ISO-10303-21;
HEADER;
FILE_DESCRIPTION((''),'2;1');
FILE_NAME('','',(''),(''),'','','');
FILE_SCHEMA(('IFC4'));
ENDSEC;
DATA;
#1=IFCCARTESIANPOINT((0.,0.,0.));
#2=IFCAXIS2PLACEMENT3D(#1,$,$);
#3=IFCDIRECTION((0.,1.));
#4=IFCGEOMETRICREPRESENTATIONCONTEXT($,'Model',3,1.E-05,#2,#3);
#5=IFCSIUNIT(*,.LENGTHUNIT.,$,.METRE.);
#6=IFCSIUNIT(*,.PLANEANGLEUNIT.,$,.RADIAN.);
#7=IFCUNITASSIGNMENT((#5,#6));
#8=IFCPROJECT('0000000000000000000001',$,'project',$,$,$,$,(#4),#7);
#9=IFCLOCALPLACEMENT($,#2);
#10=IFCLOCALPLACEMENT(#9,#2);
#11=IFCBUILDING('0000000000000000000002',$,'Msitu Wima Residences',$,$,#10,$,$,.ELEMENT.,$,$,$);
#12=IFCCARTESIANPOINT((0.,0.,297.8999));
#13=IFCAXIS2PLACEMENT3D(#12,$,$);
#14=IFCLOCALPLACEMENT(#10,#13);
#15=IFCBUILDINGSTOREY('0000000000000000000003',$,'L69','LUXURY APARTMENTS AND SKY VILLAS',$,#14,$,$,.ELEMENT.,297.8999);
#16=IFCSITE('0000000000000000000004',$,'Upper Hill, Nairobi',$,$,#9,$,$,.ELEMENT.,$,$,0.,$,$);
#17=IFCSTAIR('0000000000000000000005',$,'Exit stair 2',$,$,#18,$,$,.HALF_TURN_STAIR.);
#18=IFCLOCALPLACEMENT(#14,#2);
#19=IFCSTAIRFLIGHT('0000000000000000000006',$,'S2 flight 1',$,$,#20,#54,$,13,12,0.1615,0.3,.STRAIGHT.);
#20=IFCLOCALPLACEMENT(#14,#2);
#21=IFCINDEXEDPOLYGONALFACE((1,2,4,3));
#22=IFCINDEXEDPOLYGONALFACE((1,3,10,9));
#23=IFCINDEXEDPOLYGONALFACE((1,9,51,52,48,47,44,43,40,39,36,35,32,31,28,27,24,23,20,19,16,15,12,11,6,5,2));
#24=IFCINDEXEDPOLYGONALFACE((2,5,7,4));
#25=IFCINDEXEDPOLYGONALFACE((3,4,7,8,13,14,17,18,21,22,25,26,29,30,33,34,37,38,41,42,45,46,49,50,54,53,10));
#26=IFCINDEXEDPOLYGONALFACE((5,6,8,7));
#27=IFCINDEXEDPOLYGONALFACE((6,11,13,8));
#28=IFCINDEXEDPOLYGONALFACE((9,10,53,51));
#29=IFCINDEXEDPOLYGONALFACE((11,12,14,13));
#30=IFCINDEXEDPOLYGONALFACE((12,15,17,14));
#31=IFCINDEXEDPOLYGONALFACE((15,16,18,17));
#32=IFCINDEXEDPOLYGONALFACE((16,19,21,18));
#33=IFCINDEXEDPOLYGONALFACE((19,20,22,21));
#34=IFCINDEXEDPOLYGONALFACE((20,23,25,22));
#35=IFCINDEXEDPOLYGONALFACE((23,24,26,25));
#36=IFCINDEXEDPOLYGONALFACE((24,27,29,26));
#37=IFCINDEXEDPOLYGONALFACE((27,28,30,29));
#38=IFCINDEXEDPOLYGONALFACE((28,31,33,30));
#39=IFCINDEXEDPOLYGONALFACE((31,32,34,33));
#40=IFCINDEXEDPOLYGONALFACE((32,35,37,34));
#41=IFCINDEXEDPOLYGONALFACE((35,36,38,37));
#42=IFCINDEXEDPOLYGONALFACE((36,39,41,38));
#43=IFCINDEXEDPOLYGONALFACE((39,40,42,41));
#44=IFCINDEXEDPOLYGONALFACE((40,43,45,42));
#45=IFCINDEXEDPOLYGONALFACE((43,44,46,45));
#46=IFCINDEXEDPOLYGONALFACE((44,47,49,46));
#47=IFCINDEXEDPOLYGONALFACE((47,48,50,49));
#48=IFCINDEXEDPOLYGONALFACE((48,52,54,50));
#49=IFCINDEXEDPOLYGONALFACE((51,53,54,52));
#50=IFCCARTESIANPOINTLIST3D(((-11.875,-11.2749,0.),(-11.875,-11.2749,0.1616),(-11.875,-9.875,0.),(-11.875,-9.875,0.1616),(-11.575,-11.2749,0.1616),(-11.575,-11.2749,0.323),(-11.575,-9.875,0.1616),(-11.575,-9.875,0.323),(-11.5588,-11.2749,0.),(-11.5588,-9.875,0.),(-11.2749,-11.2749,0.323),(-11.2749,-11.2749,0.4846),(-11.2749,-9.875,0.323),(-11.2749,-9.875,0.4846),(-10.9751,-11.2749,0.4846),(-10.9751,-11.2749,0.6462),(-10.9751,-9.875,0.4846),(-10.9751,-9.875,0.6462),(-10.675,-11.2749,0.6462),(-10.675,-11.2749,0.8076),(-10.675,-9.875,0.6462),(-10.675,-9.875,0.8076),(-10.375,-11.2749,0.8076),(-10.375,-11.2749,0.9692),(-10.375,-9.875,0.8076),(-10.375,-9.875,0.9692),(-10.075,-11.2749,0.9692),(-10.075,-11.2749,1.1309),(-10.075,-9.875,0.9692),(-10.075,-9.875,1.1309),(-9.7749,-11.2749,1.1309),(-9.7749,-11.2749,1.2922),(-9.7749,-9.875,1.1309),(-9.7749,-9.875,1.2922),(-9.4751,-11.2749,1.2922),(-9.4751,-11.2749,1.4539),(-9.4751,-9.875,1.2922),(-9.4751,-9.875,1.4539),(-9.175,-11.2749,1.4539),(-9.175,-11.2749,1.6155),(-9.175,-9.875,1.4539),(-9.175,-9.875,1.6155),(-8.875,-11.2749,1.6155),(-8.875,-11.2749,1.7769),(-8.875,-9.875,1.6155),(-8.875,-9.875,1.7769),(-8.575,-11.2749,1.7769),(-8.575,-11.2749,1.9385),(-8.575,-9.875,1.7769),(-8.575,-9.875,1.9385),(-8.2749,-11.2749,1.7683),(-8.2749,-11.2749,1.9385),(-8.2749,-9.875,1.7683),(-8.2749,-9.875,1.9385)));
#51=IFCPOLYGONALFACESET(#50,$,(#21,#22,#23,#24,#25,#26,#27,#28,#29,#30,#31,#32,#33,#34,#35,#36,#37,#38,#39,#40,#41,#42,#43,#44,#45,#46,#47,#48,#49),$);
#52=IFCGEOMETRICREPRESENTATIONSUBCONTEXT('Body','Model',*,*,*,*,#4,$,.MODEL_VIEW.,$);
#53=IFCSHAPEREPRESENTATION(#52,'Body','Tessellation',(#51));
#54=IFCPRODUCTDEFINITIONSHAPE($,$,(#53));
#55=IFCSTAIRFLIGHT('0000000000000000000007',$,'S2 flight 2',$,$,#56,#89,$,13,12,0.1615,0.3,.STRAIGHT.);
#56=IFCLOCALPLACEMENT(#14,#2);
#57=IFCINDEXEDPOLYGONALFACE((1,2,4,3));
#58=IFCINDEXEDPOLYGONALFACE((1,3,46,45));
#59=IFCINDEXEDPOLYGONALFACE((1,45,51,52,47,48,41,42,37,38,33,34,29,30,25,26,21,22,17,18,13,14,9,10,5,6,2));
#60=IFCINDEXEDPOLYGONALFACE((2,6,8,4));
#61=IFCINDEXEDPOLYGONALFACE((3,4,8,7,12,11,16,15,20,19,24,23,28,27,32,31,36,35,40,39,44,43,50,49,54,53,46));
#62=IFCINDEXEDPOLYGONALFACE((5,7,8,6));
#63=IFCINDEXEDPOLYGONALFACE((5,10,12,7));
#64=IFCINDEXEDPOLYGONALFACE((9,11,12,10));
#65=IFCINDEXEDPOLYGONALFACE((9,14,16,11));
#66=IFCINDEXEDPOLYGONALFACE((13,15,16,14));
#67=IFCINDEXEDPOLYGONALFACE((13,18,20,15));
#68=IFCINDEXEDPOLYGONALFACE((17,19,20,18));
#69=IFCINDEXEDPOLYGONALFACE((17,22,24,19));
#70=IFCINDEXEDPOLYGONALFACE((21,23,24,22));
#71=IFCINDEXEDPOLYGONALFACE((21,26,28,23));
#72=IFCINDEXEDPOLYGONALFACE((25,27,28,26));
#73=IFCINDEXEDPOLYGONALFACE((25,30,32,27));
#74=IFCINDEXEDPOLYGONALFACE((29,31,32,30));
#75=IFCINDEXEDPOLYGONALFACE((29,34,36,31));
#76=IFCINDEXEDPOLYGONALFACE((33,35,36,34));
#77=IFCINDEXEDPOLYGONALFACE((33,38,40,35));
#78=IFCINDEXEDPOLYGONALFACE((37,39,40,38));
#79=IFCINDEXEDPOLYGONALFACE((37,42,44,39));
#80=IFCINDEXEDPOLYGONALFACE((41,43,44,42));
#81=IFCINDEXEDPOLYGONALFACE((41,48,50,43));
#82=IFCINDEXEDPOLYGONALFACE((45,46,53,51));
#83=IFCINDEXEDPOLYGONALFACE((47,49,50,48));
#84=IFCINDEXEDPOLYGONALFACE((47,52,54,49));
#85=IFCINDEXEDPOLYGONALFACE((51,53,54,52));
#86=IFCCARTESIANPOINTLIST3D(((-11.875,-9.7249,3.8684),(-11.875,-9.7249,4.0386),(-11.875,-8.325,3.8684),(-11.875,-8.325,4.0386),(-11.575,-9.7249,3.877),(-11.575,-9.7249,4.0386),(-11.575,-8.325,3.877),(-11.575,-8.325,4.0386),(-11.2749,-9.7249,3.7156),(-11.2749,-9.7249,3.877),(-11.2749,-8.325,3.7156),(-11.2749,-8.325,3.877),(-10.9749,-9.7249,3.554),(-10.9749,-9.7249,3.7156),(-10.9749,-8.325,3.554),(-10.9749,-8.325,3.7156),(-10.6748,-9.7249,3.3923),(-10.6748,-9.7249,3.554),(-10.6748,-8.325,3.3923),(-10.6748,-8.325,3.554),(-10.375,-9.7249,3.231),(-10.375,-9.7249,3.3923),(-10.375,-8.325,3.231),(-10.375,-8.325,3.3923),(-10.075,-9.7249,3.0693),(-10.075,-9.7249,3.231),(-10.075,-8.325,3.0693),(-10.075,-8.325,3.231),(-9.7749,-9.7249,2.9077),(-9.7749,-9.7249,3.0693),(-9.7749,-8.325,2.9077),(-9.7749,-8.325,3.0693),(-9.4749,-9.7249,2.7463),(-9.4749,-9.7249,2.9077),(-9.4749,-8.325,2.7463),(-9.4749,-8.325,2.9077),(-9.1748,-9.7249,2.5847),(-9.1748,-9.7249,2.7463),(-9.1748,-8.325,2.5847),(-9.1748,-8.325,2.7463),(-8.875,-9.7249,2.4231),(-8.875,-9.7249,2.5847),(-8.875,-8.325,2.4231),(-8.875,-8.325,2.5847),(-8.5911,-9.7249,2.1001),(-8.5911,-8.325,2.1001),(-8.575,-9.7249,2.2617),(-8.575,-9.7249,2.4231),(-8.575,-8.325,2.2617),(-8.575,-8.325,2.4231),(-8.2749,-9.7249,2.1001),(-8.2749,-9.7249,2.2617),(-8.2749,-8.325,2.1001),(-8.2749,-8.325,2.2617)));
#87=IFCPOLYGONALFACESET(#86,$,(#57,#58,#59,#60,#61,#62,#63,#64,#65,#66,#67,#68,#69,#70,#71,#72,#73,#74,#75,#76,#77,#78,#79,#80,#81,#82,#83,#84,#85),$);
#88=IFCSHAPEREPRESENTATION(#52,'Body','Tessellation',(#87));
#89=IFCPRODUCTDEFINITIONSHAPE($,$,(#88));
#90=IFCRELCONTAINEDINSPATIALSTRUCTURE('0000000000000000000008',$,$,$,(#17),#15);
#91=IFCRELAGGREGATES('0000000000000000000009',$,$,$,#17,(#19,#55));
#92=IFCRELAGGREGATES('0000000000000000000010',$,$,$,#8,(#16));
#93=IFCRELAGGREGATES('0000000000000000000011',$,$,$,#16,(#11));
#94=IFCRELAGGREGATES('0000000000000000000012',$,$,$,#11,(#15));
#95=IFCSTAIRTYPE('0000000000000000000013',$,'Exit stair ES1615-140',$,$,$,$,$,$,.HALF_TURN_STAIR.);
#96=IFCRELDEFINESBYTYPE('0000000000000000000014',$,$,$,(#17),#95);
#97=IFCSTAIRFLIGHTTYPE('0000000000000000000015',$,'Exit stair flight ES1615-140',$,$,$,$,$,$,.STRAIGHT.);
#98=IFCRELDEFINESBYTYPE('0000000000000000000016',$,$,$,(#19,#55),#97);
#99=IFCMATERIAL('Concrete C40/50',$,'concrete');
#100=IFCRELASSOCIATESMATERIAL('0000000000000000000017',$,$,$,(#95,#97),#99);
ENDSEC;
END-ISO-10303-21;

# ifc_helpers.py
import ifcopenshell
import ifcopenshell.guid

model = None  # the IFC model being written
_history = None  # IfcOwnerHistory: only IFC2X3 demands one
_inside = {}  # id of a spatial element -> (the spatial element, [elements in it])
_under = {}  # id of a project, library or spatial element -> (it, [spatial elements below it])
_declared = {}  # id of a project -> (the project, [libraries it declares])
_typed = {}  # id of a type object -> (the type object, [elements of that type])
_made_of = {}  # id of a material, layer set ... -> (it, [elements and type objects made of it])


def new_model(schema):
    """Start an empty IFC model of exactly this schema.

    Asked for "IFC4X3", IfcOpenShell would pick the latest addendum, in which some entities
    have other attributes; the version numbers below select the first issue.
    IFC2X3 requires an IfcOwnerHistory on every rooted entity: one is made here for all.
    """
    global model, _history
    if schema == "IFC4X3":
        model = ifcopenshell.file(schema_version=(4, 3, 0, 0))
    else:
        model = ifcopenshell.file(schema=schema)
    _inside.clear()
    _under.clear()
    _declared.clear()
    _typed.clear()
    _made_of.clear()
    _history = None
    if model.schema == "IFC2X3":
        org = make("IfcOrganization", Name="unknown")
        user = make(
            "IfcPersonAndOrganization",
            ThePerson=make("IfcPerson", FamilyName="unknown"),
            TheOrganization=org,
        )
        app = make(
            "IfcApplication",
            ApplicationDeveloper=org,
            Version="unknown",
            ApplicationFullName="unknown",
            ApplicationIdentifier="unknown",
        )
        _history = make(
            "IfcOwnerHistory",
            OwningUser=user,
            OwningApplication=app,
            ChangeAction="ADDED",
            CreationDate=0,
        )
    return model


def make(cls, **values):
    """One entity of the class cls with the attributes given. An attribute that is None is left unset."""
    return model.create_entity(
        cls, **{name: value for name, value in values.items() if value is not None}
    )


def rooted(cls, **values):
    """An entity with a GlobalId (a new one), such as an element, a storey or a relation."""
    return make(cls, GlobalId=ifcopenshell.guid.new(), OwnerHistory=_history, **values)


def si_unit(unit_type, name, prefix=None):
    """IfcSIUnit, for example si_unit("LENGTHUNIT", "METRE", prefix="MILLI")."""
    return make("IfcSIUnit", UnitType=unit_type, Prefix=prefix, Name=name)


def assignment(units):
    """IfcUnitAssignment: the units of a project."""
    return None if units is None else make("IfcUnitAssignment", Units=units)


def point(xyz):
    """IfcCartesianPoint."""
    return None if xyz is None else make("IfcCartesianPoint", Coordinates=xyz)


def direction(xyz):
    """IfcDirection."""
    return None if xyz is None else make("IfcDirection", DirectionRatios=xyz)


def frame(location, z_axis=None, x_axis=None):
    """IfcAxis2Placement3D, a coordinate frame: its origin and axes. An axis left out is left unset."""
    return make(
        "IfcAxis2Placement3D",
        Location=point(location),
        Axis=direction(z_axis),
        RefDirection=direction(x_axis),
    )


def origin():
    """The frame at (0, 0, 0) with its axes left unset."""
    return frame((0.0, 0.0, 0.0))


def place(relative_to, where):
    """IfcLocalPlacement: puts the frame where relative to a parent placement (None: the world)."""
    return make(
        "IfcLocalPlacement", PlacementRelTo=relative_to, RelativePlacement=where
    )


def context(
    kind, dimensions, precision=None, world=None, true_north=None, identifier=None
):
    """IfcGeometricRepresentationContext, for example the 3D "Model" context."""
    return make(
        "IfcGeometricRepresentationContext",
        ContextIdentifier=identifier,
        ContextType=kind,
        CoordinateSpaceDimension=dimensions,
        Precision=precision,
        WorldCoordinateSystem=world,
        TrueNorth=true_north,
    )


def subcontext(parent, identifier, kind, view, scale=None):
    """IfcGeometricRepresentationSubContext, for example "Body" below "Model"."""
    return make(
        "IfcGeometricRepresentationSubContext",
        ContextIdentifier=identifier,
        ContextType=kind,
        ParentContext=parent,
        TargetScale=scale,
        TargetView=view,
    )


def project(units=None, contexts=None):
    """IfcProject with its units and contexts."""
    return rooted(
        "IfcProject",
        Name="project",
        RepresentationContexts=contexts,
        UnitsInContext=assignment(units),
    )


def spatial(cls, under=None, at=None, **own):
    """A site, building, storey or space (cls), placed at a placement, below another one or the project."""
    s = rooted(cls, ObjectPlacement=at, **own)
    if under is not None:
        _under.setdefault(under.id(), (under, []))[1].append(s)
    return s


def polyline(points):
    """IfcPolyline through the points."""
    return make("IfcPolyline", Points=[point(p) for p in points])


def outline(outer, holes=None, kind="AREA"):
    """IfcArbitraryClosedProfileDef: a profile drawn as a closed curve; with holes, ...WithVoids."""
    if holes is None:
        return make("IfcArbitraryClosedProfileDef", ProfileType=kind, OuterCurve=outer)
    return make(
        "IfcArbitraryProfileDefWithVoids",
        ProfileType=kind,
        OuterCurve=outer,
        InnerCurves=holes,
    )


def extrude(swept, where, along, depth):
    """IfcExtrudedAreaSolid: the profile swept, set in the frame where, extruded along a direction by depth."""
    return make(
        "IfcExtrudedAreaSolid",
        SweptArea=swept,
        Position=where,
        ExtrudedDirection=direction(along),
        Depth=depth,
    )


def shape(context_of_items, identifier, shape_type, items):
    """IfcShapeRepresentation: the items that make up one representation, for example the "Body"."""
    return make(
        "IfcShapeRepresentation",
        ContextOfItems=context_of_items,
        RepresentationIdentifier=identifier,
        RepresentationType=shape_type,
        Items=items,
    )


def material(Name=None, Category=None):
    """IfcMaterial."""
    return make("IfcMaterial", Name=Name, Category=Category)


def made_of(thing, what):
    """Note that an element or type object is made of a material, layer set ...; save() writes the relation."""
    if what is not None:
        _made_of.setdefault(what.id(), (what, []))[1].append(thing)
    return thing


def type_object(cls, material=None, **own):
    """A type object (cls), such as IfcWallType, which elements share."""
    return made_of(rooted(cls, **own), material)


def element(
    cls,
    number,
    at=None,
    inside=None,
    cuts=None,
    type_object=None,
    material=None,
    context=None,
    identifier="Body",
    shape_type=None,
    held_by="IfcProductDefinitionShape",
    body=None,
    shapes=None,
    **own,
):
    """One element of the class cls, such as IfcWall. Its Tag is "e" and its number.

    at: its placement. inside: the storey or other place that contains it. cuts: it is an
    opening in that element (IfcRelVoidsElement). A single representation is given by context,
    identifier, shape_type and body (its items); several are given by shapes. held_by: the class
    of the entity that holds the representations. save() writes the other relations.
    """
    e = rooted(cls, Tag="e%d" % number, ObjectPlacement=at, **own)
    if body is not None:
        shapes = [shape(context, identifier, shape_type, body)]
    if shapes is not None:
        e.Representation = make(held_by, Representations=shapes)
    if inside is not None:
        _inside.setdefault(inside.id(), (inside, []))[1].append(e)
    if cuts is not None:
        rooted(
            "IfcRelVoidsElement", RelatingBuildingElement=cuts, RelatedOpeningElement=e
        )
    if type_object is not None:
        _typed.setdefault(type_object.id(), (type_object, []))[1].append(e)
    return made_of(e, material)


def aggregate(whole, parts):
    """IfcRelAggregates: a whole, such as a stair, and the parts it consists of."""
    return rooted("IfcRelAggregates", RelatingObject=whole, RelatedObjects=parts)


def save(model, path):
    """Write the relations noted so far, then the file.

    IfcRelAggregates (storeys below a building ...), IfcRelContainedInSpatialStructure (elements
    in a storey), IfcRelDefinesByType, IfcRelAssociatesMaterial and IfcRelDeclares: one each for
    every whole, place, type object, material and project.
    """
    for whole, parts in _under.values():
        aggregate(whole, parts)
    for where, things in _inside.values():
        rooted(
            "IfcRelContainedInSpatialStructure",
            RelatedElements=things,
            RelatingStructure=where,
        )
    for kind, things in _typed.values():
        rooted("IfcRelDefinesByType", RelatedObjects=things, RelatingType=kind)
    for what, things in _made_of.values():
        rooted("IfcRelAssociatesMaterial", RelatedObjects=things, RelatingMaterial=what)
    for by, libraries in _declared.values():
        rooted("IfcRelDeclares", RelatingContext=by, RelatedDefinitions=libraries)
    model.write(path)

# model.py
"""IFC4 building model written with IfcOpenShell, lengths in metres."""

from ifc_helpers import new_model, si_unit, direction, frame, origin, place, context, subcontext, project, spatial, polyline, outline, extrude, material, type_object, element, aggregate, save


model = new_model("IFC4")

# Units and contexts
model_context = context("Model", 3, precision=1e-05, world=origin(), true_north=direction((0.0, 1.0)))
body_context = subcontext(model_context, "Body", "Model", "MODEL_VIEW")
ifc_project = project(units=[si_unit("LENGTHUNIT", "METRE"), si_unit("PLANEANGLEUNIT", "RADIAN")], contexts=[model_context])

# Site, building, storey
site_placement = place(None, origin())
site = spatial("IfcSite", under=ifc_project, at=site_placement, Name="Upper Hill, Nairobi", CompositionType="ELEMENT", RefElevation=0.0)
building_placement = place(site_placement, origin())
building = spatial("IfcBuilding", under=site, at=building_placement, Name="Msitu Wima Residences", CompositionType="ELEMENT")
storey_placement = place(building_placement, frame((0.0, 0.0, 297.8999)))
storey = spatial("IfcBuildingStorey", under=building, at=storey_placement, Name="L69", Description="LUXURY APARTMENTS AND SKY VILLAS", CompositionType="ELEMENT", Elevation=297.8999)

# Shared definitions
ifc_material_1 = material(Name="Concrete C40/50", Category="concrete")

# Stair, stair flights
stair_type = type_object("IfcStairType", Name="Exit stair ES1615-140", PredefinedType="HALF_TURN_STAIR", material=ifc_material_1)
stair_placement = place(storey_placement, origin())
stair = element("IfcStair", 1, at=stair_placement, inside=storey, type_object=stair_type, Name="Exit stair 2", PredefinedType="HALF_TURN_STAIR")
stair_flight_type = type_object("IfcStairFlightType", Name="Exit stair flight ES1615-140", PredefinedType="STRAIGHT", material=ifc_material_1)
stair_flight_1_placement = place(storey_placement, frame((-11.875, -10.575, 0.0), z_axis=(0.0, 0.0, 1.0), x_axis=(1.0, 0.0, 0.0)))
stair_flight_1 = element("IfcStairFlight", 2, at=stair_flight_1_placement, type_object=stair_flight_type, Name="S2 flight 1", NumberOfRisers=13, NumberOfTreads=12, PredefinedType="STRAIGHT", RiserHeight=0.1615, TreadLength=0.3, context=body_context, shape_type="SweptSolid", body=[
    extrude(outline(polyline([(0.0, 0.0), (0.0, 0.1616), (0.3, 0.1616), (0.3, 0.323), (0.6001, 0.323), (0.6001, 0.4846), (0.8999, 0.4846), (0.8999, 0.6462), (1.2, 0.6462), (1.2, 0.8076), (1.5, 0.8076), (1.5, 0.9692), (1.8, 0.9692), (1.8, 1.1309), (2.1001, 1.1309), (2.1001, 1.2922), (2.3999, 1.2922), (2.3999, 1.4539), (2.7, 1.4539), (2.7, 1.6155), (3.0, 1.6155), (3.0, 1.7769), (3.3, 1.7769), (3.3, 1.9385), (3.6001, 1.9385), (3.6001, 2.1001), (3.6001, 1.7683), (0.3162, 0.0), (0.0, 0.0)])), frame((0.0, 0.7, 0.0), z_axis=(0.0, -1.0, 0.0), x_axis=(1.0, 0.0, 0.0)), (0.0, 0.0, 1.0), 1.3999),
])
stair_flight_2_placement = place(storey_placement, frame((-8.2749, -9.0249, 2.1001), z_axis=(0.0, 0.0, 1.0), x_axis=(-1.0, 0.0, 0.0)))
stair_flight_2 = element("IfcStairFlight", 3, at=stair_flight_2_placement, type_object=stair_flight_type, Name="S2 flight 2", NumberOfRisers=13, NumberOfTreads=12, PredefinedType="STRAIGHT", RiserHeight=0.1615, TreadLength=0.3, context=body_context, shape_type="SweptSolid", body=[
    extrude(outline(polyline([(0.0, 0.0), (0.0, 0.1616), (0.3, 0.1616), (0.3, 0.323), (0.6001, 0.323), (0.6001, 0.4846), (0.8999, 0.4846), (0.8999, 0.6462), (1.2, 0.6462), (1.2, 0.8076), (1.5, 0.8076), (1.5, 0.9692), (1.8, 0.9692), (1.8, 1.1309), (2.1001, 1.1309), (2.1001, 1.2922), (2.3999, 1.2922), (2.3999, 1.4539), (2.7, 1.4539), (2.7, 1.6155), (3.0, 1.6155), (3.0, 1.7769), (3.3, 1.7769), (3.3, 1.9385), (3.6001, 1.9385), (3.6001, 2.1001), (3.6001, 1.7683), (0.3162, 0.0), (0.0, 0.0)])), frame((0.0, 0.7, 0.0), z_axis=(0.0, -1.0, 0.0), x_axis=(1.0, 0.0, 0.0)), (0.0, 0.0, 1.0), 1.3999),
])
aggregate(stair, [stair_flight_1, stair_flight_2])

save(model, "model.ifc")
